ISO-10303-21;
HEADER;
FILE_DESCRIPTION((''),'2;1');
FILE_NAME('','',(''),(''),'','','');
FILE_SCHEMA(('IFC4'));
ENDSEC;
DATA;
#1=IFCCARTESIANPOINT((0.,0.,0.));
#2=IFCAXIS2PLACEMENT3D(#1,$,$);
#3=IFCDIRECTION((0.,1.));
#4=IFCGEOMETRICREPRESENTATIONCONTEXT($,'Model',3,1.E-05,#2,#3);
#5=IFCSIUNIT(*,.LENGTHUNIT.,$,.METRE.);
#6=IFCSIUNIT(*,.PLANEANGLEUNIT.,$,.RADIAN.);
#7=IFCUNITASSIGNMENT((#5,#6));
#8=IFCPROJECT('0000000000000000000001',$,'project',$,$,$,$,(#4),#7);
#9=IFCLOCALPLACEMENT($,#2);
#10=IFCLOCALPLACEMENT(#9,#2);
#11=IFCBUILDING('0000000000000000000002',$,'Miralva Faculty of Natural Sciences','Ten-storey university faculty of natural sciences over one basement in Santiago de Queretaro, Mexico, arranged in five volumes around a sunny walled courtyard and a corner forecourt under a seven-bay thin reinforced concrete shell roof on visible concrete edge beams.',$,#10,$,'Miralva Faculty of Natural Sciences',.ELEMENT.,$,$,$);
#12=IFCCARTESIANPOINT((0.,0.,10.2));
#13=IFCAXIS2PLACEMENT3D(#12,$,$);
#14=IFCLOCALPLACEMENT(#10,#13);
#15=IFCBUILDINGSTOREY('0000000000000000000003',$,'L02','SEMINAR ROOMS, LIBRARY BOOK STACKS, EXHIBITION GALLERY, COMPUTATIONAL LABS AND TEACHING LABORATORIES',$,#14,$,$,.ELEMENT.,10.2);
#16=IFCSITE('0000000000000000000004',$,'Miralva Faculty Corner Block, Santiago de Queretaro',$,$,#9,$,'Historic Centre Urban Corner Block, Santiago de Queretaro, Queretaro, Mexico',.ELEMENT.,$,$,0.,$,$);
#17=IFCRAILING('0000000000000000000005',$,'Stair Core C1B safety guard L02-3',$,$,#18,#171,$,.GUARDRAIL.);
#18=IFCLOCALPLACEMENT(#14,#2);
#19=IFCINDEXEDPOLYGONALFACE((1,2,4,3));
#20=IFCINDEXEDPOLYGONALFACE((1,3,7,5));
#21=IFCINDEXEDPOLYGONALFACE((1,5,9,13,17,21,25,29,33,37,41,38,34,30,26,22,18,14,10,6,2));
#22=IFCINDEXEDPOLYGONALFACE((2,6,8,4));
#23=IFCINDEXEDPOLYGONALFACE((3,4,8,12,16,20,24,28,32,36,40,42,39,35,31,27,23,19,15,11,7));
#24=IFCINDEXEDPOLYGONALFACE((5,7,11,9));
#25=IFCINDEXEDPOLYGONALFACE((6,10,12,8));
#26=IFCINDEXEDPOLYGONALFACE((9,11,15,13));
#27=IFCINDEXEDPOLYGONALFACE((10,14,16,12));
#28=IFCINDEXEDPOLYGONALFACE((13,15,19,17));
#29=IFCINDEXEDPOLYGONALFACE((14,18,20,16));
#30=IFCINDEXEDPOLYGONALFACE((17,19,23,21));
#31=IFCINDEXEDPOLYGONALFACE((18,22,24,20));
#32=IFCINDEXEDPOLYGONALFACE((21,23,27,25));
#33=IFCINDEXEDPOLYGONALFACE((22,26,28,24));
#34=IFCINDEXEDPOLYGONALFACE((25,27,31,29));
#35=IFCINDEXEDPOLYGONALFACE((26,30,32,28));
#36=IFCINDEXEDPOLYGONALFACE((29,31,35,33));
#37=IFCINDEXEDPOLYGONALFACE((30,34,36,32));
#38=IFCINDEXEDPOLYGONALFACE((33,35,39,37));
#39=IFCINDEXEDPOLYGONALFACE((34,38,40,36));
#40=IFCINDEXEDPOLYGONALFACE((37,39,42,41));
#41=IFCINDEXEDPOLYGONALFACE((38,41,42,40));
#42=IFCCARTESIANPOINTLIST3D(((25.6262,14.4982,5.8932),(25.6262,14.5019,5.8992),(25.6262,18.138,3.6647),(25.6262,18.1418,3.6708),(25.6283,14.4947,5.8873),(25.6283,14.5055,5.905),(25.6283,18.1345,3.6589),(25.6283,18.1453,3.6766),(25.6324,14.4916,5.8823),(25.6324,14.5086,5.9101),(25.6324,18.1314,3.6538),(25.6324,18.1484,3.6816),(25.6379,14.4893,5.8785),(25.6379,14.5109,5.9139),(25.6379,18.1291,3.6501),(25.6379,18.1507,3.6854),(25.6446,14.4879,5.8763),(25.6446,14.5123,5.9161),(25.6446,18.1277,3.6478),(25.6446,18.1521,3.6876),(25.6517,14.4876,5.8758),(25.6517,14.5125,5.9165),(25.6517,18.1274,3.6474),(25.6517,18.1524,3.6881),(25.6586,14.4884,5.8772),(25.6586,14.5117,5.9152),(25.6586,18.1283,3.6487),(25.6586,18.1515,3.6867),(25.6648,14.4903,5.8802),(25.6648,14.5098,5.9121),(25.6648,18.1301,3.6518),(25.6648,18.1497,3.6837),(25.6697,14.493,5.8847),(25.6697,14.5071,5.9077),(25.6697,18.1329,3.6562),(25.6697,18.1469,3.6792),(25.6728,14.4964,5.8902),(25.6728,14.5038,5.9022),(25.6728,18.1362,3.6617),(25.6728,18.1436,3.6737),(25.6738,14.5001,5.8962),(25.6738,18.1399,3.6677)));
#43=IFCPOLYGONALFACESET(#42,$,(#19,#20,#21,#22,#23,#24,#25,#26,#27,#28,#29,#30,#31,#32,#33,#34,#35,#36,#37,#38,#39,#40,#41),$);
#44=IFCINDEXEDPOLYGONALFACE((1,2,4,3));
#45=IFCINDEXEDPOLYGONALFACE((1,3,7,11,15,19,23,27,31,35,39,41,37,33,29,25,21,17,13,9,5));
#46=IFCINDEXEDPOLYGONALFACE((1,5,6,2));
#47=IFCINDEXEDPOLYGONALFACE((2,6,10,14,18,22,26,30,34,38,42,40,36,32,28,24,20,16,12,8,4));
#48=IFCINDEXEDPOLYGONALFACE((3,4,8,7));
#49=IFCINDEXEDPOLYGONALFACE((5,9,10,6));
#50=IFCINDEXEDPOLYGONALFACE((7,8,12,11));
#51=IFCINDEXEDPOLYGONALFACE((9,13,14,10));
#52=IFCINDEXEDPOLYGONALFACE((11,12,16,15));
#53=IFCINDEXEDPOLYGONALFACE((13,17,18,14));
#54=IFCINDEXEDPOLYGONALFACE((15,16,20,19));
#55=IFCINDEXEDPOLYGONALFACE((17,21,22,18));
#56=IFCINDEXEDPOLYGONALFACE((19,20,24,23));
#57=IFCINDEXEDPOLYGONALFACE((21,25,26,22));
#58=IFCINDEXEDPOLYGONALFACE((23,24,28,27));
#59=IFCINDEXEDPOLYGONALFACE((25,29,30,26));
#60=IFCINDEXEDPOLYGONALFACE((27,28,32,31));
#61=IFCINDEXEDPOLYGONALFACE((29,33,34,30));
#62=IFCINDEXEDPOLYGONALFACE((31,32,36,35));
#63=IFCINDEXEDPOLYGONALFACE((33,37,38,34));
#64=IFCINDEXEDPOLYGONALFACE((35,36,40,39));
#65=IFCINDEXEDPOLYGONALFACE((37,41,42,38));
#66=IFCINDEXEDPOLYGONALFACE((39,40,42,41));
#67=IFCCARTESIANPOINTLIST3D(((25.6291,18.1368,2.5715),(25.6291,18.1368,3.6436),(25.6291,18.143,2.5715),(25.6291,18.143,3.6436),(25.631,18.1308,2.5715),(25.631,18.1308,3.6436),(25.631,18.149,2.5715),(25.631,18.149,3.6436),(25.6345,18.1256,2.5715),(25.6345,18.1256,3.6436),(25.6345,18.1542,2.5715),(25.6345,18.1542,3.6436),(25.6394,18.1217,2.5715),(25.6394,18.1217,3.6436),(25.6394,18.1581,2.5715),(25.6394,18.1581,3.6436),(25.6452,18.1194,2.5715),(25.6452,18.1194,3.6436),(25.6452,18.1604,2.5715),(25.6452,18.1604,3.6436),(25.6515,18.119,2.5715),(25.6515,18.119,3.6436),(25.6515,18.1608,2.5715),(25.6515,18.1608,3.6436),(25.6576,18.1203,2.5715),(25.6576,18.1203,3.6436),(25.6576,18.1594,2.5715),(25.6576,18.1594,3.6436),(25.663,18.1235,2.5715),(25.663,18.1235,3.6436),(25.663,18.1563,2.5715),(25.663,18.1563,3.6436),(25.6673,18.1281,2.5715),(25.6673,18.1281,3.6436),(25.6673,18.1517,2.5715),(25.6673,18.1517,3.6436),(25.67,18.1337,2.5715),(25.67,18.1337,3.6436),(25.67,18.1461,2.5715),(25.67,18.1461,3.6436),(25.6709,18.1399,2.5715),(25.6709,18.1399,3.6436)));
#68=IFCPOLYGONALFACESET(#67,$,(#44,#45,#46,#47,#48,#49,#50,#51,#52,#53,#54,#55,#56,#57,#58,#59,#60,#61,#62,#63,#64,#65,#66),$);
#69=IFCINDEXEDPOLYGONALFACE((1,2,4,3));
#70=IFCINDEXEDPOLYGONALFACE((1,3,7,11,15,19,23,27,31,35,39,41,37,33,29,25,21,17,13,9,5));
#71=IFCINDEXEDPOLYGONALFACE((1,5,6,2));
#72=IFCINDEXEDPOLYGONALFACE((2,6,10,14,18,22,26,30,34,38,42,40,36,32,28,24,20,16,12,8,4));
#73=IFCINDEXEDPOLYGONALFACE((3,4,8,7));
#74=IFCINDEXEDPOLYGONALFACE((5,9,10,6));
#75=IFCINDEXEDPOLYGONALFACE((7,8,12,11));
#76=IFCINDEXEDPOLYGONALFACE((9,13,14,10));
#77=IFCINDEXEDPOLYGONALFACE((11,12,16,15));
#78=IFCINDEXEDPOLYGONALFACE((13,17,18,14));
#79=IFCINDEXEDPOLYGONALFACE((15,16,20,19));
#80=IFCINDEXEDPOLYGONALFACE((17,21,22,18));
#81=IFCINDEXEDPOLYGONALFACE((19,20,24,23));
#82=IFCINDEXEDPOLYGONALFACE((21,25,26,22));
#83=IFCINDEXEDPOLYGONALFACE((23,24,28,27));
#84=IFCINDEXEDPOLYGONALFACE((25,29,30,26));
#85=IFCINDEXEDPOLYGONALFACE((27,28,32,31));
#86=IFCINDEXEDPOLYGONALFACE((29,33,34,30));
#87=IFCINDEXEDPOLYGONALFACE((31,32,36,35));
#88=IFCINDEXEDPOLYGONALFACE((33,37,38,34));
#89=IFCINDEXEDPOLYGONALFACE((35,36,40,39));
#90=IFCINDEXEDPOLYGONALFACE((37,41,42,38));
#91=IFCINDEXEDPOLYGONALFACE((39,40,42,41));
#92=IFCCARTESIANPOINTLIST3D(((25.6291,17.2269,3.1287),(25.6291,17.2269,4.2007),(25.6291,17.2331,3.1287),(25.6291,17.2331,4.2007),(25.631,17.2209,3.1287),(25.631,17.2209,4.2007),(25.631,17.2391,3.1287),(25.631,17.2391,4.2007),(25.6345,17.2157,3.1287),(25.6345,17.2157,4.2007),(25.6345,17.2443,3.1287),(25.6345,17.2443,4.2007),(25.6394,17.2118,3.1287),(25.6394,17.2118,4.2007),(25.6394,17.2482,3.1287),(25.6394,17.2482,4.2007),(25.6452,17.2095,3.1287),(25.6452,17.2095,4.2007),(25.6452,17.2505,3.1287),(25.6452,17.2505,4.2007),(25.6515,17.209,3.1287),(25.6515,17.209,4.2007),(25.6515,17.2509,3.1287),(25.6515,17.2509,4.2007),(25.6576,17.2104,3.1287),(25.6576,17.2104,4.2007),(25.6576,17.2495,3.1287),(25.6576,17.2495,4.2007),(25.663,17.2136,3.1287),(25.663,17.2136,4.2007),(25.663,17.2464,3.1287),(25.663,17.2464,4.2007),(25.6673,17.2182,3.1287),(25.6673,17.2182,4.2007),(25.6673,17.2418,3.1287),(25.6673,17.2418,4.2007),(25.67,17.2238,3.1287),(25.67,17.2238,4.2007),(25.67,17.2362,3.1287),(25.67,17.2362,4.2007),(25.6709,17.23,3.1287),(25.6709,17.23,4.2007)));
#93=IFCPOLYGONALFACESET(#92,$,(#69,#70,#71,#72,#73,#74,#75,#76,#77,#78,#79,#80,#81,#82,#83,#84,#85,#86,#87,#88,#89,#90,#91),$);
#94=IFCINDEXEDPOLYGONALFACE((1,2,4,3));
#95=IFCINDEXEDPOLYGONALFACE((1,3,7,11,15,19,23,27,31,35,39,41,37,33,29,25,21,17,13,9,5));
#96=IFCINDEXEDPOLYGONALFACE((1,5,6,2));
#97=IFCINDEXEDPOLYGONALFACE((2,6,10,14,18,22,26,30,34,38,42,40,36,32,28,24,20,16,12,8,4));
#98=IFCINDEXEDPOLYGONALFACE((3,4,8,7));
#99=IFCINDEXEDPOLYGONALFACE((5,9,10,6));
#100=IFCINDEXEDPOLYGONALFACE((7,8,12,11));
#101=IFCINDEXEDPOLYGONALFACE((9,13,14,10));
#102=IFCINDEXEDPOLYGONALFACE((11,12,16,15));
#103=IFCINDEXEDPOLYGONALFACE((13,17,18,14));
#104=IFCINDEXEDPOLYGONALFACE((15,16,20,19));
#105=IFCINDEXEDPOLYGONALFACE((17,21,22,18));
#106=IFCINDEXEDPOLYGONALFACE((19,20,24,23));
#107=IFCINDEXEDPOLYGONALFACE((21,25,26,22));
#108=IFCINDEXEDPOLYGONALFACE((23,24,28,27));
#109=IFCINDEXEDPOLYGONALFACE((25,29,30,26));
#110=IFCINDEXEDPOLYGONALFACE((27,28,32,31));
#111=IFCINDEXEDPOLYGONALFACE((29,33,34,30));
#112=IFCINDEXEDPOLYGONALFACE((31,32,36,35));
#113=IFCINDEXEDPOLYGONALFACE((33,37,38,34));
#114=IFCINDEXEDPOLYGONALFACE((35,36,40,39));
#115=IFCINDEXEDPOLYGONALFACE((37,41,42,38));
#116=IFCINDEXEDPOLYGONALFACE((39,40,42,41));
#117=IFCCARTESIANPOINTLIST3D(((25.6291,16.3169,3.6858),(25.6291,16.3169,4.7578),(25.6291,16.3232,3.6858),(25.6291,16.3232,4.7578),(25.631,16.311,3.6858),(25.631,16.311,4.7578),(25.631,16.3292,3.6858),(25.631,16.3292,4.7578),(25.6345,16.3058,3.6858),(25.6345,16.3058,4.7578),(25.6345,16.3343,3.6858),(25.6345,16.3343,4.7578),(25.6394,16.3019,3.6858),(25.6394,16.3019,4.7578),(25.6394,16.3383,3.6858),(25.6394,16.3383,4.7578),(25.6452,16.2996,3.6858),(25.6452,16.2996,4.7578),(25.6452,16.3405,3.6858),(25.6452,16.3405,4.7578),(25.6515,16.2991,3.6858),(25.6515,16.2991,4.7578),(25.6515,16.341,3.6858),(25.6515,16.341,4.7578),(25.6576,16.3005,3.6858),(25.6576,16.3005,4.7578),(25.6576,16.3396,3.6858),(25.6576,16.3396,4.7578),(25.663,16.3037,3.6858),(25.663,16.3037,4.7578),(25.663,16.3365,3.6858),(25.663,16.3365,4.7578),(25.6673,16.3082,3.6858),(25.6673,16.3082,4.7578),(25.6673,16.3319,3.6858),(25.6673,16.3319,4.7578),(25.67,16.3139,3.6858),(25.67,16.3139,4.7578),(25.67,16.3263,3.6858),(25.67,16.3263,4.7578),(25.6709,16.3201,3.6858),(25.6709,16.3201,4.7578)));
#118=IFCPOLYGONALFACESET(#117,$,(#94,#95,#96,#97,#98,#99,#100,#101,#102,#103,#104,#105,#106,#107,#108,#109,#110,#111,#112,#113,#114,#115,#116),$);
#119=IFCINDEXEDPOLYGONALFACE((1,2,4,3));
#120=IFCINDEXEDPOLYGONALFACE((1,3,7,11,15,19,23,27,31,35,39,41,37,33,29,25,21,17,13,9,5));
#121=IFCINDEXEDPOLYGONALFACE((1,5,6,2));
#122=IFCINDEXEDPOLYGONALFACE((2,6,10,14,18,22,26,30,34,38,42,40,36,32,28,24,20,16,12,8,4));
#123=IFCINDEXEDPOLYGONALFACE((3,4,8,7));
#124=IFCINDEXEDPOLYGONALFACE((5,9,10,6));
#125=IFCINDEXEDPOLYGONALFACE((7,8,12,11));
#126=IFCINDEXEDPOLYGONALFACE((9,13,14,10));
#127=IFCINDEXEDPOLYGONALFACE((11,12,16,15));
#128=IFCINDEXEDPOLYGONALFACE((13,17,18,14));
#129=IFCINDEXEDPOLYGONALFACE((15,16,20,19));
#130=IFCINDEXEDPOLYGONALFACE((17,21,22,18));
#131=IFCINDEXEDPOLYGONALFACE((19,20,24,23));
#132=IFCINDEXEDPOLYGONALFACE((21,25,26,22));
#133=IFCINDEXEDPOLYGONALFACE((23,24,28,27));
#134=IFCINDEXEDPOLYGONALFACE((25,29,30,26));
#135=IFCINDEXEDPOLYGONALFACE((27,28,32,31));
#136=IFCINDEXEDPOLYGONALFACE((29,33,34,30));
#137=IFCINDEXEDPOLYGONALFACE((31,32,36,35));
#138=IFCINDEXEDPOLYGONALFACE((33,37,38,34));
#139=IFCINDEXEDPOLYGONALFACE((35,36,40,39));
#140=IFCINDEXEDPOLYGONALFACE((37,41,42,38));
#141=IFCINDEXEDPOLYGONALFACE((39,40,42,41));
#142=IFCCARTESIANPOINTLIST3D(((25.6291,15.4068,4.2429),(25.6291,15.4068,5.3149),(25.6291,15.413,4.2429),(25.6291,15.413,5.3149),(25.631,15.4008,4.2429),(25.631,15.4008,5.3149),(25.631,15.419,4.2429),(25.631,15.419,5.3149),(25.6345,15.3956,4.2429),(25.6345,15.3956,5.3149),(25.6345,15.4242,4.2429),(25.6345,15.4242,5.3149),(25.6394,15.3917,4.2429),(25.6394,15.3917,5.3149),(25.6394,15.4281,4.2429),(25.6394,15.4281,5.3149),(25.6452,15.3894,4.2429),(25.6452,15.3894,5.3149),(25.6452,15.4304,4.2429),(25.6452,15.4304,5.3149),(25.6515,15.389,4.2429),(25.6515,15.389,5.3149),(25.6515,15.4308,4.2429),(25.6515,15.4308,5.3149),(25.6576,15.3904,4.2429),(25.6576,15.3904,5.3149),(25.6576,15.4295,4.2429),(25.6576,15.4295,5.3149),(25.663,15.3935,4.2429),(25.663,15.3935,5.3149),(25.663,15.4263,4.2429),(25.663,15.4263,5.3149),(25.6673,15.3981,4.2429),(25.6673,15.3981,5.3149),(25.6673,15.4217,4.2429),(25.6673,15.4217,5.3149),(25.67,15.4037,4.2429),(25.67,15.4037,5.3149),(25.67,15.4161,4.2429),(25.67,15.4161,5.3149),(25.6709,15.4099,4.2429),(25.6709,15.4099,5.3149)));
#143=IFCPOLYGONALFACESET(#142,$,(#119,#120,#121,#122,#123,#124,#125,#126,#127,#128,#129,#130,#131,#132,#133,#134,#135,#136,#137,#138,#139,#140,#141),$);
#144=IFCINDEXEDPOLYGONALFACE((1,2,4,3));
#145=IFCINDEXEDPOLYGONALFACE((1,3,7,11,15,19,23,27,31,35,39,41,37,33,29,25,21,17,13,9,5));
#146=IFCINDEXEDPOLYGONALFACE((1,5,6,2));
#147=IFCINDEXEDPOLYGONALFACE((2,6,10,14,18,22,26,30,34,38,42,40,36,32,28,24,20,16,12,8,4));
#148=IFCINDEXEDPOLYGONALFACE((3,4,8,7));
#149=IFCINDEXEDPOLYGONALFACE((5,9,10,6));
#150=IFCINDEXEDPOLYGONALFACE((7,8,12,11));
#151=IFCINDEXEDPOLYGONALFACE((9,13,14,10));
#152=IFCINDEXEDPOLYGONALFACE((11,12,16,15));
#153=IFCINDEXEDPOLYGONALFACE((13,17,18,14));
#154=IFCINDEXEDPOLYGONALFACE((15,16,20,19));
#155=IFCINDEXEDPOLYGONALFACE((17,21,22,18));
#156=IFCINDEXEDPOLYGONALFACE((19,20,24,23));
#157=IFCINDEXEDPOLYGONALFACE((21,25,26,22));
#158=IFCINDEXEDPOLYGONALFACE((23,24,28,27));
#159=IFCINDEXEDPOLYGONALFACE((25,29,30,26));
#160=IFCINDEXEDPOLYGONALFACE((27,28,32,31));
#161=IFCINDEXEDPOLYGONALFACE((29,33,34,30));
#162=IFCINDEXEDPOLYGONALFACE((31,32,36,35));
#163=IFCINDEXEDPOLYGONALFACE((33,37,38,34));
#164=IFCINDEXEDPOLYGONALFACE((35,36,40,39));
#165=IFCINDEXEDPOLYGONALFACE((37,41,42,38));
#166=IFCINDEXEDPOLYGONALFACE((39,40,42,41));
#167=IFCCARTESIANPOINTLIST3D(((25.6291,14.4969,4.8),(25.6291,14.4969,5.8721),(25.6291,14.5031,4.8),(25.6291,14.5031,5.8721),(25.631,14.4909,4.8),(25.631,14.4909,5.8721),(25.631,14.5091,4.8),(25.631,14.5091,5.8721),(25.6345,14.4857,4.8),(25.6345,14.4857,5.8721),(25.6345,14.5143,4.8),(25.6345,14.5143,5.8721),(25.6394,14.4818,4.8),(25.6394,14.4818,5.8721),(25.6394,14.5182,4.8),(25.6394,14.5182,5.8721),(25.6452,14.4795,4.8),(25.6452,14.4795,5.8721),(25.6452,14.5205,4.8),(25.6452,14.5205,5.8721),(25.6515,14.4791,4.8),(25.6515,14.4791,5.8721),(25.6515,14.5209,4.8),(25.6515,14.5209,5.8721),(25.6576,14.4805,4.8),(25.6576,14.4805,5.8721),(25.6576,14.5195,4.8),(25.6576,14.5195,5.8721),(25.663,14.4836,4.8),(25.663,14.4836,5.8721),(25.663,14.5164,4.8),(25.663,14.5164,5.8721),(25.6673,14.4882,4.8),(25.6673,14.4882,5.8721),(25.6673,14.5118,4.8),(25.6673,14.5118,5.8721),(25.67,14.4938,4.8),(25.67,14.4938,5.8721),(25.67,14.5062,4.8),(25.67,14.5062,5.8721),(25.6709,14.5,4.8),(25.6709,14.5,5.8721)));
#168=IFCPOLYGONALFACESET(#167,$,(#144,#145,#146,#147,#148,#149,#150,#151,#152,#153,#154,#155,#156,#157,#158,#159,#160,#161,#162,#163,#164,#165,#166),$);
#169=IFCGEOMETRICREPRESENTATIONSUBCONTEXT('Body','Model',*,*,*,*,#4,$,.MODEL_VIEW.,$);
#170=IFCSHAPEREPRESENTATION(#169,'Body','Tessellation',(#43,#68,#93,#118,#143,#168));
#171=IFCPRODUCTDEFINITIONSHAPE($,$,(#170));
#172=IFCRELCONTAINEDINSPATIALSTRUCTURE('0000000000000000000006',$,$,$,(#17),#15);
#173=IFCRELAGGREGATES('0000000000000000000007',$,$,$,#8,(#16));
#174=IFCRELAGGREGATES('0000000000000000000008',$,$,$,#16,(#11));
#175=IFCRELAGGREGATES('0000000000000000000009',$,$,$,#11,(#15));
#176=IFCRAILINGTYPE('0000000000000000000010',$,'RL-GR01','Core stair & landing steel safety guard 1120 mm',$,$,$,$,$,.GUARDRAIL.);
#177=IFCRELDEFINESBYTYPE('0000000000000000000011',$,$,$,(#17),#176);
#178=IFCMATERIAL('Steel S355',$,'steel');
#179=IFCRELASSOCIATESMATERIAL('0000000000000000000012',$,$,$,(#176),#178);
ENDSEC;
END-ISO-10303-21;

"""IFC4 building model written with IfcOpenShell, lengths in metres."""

from ifc_helpers import new_model, si_unit, direction, frame, origin, origin_2d, place, context, subcontext, project, spatial, circle, extrude, material, type_object, element, save


model = new_model("IFC4")

# Units and contexts
model_context = context("Model", 3, precision=1e-05, world=origin(), true_north=direction((0.0, 1.0)))
body_context = subcontext(model_context, "Body", "Model", "MODEL_VIEW")
ifc_project = project(units=[si_unit("LENGTHUNIT", "METRE"), si_unit("PLANEANGLEUNIT", "RADIAN")], contexts=[model_context])

# Site, building, storey
site_placement = place(None, origin())
site = spatial("IfcSite", under=ifc_project, at=site_placement, Name="Miralva Faculty Corner Block, Santiago de Queretaro", LongName="Historic Centre Urban Corner Block, Santiago de Queretaro, Queretaro, Mexico", CompositionType="ELEMENT", RefElevation=0.0)
building_placement = place(site_placement, origin())
building = spatial("IfcBuilding", under=site, at=building_placement, Name="Miralva Faculty of Natural Sciences", Description="Ten-storey university faculty of natural sciences over one basement in Santiago de Queretaro, Mexico, arranged in five volumes around a sunny walled courtyard and a corner forecourt under a seven-bay thin reinforced concrete shell roof on visible concrete edge beams.", LongName="Miralva Faculty of Natural Sciences", CompositionType="ELEMENT")
storey_placement = place(building_placement, frame((0.0, 0.0, 10.2)))
storey = spatial("IfcBuildingStorey", under=building, at=storey_placement, Name="L02", Description="SEMINAR ROOMS, LIBRARY BOOK STACKS, EXHIBITION GALLERY, COMPUTATIONAL LABS AND TEACHING LABORATORIES", CompositionType="ELEMENT", Elevation=10.2)

# Railing
ifc_material_1 = material(Name="Steel S355", Category="steel")
railing_type_1 = type_object("IfcRailingType", Name="RL-GR01", Description="Core stair & landing steel safety guard 1120 mm", PredefinedType="GUARDRAIL", material=ifc_material_1)
railing_1_placement = place(storey_placement, frame((25.6499, 18.1399, 2.5715)))
element("IfcRailing", 1, at=railing_1_placement, inside=storey, type_object=railing_type_1, Name="Stair Core C1B safety guard L02-3", PredefinedType="GUARDRAIL", context=body_context, shape_type="SweptSolid", body=[
    extrude(circle(Radius=0.0239, at=origin_2d()), frame((0.0, 0.0, 1.0962), z_axis=(0.0, -0.85285, 0.522156), x_axis=(1.0, 0.0, 0.0)), (0.0, 0.0, 1.0), 4.2678),
    extrude(circle(Radius=0.021, at=origin_2d()), origin(), (0.0, 0.0, 1.0), 1.072),
    extrude(circle(Radius=0.021, at=origin_2d()), frame((0.0, -0.9099, 0.5571)), (0.0, 0.0, 1.0), 1.072),
    extrude(circle(Radius=0.021, at=origin_2d()), frame((0.0, -1.8198, 1.1143)), (0.0, 0.0, 1.0), 1.072),
    extrude(circle(Radius=0.021, at=origin_2d()), frame((0.0, -2.73, 1.6714)), (0.0, 0.0, 1.0), 1.072),
    extrude(circle(Radius=0.021, at=origin_2d()), frame((0.0, -3.6399, 2.2285)), (0.0, 0.0, 1.0), 1.072),
])

save(model, "model.ifc")
